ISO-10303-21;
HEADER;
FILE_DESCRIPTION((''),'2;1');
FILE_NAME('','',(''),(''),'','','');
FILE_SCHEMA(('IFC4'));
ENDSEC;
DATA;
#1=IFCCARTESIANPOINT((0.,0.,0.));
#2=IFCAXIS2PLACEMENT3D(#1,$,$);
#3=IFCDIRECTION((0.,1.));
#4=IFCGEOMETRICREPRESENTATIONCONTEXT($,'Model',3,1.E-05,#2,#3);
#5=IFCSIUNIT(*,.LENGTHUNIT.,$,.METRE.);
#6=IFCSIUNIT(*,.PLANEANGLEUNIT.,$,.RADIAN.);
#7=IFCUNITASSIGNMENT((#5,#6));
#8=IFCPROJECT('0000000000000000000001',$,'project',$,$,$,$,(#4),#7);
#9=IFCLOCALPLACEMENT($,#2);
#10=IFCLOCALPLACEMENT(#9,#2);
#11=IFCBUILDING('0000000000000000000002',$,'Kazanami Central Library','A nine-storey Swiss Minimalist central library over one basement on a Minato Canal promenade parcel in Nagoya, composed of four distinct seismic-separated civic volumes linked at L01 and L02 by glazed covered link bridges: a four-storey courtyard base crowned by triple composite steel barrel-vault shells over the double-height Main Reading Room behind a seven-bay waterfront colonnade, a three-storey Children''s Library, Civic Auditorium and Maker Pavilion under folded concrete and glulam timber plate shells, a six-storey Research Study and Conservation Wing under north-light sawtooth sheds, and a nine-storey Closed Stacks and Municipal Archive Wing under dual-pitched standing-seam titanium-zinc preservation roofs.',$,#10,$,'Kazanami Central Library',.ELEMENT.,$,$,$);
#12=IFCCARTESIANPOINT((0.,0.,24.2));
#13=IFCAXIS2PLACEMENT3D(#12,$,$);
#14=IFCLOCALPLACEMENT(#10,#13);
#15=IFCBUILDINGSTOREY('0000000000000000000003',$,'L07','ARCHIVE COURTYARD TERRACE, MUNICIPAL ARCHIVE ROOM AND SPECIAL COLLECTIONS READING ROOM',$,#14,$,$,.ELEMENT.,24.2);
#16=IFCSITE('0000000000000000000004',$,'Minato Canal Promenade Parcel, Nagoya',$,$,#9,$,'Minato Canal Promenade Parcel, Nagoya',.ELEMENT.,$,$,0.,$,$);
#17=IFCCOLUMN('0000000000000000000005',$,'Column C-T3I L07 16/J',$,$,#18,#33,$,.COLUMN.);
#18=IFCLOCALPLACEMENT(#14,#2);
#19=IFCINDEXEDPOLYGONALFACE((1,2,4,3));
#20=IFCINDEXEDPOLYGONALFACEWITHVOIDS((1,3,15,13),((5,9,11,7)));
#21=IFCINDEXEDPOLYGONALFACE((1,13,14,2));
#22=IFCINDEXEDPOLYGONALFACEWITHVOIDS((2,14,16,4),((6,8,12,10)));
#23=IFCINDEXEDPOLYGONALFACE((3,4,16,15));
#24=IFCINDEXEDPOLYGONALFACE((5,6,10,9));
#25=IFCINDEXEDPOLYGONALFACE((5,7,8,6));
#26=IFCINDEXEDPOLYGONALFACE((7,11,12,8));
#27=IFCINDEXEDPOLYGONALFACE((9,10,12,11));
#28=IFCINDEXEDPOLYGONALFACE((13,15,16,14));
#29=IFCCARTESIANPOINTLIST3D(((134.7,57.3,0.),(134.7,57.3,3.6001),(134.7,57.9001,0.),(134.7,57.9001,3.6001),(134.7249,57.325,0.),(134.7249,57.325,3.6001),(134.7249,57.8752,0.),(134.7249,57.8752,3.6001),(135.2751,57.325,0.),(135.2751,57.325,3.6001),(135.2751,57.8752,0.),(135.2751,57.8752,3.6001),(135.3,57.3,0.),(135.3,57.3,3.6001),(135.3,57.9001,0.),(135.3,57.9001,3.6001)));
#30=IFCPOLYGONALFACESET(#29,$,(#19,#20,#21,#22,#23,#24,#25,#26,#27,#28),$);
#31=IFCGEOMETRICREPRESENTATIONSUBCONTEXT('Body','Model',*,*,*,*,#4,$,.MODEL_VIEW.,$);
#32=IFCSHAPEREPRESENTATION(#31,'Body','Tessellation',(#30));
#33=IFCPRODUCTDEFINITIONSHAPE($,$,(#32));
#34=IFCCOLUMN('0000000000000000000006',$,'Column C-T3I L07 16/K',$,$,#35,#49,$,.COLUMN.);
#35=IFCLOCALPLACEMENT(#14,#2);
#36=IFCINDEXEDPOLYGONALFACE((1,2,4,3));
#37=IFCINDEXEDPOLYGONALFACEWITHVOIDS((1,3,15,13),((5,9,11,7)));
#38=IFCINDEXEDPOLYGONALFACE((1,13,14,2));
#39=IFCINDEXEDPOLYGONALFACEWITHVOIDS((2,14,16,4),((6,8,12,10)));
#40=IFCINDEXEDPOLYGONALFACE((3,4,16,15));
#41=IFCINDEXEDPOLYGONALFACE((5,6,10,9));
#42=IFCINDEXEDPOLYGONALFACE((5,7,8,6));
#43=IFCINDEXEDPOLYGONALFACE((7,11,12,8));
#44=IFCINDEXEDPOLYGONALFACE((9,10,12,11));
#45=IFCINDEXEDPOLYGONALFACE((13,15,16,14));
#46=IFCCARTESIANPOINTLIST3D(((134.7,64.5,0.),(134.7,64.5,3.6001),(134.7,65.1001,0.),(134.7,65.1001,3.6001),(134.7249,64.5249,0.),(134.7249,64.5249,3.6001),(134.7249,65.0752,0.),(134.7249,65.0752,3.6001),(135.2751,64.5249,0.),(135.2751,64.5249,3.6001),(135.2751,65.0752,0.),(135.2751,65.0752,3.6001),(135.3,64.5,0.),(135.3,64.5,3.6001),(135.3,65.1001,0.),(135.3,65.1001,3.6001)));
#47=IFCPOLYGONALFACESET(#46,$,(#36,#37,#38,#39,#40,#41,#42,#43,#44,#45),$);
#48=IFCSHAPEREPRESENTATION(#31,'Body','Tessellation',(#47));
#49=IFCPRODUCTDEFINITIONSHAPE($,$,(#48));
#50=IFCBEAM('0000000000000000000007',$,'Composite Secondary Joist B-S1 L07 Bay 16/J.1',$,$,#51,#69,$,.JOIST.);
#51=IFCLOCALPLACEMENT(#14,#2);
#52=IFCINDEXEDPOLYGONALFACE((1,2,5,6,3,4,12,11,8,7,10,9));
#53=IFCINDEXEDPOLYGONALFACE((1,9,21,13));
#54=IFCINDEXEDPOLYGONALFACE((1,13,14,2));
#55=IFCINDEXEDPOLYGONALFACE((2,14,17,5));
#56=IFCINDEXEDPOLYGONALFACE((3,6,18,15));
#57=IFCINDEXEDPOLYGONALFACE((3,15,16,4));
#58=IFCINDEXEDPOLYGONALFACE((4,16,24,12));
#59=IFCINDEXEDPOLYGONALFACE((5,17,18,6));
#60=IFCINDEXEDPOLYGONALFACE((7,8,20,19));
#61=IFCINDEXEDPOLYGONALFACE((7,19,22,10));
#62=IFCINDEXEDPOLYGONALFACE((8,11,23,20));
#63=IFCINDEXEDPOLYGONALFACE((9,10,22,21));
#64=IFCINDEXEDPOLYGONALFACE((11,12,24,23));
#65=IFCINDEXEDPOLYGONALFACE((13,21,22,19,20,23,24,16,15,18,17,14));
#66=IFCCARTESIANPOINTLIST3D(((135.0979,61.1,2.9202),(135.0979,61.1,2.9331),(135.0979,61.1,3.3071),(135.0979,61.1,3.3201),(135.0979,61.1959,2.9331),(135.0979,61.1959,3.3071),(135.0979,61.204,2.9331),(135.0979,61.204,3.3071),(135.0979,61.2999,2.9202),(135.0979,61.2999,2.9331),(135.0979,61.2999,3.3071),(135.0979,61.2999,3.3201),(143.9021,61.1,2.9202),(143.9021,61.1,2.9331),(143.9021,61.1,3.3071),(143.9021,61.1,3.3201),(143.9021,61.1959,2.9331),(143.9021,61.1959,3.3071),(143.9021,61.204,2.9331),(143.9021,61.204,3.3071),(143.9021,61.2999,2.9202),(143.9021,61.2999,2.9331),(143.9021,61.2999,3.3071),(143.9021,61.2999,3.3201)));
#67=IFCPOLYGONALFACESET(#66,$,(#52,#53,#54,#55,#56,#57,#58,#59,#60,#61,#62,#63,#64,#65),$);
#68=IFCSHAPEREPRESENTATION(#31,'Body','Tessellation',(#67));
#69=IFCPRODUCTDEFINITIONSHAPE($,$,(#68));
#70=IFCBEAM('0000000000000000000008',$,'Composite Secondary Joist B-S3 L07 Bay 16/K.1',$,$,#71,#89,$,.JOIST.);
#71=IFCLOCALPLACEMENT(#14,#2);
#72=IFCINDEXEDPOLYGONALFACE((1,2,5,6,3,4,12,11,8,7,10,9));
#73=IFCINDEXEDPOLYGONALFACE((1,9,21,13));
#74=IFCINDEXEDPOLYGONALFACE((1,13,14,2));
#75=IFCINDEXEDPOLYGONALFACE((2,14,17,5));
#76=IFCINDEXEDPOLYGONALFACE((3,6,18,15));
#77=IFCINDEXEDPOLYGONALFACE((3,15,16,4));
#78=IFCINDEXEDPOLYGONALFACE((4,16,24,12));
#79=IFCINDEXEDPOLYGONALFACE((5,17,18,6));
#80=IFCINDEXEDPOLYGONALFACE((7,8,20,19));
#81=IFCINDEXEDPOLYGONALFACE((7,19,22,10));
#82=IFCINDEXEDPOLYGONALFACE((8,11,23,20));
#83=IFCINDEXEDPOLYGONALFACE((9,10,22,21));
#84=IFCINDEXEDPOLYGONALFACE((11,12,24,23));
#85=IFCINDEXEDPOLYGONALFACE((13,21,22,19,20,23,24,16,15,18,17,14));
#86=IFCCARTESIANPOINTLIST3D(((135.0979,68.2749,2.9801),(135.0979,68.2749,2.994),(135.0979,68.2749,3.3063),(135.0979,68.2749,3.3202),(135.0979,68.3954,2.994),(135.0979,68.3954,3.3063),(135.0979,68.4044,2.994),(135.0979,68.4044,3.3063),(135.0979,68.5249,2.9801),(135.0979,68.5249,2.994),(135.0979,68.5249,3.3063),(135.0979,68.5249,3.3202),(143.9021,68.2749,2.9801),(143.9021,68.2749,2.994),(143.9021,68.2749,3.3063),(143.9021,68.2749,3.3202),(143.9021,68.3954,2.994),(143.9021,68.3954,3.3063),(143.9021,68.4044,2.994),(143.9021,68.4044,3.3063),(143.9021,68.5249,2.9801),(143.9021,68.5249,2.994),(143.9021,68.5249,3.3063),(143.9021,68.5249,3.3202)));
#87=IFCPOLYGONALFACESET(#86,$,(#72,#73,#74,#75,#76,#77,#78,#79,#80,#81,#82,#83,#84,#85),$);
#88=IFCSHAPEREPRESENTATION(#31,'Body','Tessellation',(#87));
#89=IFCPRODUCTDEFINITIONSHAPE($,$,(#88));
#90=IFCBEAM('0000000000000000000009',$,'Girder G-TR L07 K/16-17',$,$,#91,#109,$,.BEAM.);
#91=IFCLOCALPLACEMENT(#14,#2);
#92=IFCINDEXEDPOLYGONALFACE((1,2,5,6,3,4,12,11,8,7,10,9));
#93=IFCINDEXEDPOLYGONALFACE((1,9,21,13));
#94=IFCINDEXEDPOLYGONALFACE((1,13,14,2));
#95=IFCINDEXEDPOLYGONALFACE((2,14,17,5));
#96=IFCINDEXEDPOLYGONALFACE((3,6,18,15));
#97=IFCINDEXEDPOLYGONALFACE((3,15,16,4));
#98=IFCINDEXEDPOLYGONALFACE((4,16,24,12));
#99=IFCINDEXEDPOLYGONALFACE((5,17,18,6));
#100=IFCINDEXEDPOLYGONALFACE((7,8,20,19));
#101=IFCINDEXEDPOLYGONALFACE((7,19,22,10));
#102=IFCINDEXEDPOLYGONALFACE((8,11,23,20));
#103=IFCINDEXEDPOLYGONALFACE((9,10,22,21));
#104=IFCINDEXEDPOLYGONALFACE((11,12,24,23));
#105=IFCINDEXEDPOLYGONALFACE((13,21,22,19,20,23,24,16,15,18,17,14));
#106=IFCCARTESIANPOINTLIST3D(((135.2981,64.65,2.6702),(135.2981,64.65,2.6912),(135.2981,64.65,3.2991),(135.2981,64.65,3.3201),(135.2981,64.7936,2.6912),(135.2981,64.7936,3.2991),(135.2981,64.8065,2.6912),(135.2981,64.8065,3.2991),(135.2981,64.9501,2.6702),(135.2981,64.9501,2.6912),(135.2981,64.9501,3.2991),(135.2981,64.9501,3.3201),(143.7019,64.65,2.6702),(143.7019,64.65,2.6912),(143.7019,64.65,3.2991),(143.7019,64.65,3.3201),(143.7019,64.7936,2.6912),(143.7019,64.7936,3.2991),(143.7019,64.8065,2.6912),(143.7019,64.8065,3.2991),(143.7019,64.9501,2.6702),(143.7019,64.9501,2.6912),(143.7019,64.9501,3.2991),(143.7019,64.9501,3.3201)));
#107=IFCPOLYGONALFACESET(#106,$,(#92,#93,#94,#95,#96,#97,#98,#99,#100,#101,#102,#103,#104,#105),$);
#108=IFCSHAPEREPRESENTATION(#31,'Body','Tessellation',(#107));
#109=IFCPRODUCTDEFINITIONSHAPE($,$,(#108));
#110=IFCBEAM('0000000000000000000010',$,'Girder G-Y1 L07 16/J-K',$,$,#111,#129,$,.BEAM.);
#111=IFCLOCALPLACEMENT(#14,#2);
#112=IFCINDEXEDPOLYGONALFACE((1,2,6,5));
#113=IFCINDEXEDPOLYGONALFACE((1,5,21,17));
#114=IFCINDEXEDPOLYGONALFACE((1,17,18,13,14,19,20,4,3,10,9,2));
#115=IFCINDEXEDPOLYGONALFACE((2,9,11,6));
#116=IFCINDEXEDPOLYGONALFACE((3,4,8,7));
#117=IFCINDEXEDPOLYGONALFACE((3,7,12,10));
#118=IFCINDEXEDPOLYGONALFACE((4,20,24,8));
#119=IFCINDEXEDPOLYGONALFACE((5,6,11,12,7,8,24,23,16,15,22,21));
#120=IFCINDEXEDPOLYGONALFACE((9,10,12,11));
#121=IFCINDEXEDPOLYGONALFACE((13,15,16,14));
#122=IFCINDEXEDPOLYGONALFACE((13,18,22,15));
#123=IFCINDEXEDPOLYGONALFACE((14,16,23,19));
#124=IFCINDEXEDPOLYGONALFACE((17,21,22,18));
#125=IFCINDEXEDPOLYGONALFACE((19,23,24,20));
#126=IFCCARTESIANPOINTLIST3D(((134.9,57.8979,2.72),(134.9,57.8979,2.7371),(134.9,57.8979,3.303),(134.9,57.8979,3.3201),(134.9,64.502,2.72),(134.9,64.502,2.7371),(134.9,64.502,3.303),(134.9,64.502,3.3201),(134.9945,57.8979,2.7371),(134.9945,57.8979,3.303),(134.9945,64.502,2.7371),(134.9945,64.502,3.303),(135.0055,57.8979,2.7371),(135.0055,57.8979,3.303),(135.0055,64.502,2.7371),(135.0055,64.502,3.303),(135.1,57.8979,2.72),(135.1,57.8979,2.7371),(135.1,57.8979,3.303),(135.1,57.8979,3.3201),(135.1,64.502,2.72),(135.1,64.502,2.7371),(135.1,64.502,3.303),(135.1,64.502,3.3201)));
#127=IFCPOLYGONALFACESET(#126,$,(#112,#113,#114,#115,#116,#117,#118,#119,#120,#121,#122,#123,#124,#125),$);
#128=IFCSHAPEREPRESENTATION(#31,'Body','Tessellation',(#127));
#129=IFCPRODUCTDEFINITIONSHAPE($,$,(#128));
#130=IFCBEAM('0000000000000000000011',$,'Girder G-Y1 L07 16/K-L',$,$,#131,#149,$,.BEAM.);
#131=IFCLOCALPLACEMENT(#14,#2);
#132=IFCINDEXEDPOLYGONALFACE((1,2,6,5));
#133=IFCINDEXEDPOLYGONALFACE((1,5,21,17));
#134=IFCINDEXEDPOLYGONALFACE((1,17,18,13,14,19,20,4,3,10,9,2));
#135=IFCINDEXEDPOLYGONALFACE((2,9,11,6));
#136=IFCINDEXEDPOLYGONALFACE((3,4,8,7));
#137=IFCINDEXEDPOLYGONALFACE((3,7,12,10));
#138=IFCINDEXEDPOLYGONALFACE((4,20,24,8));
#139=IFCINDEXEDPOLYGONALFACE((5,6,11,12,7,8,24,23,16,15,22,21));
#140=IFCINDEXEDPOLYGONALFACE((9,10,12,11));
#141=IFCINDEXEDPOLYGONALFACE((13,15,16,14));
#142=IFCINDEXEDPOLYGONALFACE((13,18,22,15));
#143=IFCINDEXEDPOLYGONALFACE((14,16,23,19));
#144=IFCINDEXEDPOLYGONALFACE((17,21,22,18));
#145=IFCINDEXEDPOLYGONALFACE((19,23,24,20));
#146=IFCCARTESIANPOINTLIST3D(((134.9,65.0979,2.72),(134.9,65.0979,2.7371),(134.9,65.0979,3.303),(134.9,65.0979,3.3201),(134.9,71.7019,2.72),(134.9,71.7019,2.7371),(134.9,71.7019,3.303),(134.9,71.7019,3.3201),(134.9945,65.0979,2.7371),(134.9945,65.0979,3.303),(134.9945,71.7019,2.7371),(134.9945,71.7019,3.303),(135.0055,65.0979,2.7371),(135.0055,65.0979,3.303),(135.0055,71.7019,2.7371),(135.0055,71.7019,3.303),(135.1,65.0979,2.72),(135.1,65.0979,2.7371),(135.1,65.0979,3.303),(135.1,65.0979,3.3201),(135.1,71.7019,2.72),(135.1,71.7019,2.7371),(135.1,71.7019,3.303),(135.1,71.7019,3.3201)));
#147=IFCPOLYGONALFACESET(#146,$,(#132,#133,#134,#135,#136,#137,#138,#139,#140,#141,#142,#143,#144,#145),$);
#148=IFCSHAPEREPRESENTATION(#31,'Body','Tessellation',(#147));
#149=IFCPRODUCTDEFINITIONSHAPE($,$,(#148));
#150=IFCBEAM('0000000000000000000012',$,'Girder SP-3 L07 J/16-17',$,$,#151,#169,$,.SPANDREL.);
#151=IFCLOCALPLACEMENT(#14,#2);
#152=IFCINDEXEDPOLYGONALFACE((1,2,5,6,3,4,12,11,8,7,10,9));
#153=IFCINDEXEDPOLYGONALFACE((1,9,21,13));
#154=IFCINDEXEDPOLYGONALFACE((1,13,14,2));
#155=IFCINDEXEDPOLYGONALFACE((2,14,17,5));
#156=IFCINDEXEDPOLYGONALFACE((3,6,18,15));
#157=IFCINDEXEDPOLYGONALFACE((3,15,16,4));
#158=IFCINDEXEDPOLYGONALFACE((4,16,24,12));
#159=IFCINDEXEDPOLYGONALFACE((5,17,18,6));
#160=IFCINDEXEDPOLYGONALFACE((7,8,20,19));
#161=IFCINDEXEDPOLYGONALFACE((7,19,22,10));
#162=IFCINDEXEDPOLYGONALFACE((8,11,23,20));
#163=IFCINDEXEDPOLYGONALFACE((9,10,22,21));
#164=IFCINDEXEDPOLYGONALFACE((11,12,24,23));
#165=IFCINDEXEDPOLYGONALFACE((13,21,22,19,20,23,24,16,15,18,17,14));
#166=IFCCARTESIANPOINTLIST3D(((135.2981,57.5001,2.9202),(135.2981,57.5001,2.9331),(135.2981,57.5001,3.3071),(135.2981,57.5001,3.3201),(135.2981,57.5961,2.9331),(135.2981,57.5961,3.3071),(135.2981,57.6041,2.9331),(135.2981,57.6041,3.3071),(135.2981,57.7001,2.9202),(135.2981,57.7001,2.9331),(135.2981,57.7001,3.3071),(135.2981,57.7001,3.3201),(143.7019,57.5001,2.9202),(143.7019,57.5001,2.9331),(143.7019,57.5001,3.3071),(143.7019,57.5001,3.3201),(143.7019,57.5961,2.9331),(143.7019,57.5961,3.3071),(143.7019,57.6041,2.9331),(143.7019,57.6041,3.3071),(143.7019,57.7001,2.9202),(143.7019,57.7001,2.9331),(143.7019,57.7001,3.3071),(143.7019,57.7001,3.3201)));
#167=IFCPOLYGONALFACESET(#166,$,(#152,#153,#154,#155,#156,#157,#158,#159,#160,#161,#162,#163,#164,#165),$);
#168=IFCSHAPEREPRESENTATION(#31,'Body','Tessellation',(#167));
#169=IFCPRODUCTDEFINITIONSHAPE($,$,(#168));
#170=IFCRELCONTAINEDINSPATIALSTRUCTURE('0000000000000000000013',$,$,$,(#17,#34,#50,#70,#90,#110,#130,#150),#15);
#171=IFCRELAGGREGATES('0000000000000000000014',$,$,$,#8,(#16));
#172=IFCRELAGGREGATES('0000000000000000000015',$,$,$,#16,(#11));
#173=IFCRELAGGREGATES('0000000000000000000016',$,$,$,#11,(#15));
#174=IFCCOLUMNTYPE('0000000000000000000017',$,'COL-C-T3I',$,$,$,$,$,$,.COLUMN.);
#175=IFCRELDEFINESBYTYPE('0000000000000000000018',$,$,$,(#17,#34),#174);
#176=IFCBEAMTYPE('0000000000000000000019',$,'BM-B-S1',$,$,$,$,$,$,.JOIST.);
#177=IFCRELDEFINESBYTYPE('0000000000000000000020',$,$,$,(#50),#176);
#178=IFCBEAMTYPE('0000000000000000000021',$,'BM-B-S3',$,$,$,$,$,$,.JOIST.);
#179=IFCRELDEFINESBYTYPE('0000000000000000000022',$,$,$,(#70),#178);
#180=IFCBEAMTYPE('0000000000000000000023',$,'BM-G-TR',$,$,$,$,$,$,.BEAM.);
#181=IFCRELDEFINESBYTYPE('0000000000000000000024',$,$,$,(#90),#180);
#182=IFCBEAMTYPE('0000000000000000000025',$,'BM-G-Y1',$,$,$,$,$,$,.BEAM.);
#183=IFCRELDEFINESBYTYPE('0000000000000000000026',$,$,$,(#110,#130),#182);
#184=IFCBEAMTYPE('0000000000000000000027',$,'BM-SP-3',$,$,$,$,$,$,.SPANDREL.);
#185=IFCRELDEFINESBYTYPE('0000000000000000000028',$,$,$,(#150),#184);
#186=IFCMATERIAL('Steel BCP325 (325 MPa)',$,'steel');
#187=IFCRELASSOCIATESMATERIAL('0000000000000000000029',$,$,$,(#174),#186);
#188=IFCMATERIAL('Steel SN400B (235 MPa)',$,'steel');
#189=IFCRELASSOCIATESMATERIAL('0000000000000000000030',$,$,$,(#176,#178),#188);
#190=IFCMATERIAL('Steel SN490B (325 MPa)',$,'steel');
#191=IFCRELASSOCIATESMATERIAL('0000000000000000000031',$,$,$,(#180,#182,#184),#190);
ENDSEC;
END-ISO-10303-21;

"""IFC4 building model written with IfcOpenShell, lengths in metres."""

from ifc_helpers import new_model, si_unit, direction, frame, origin, origin_2d, place, context, subcontext, project, spatial, hollow_rectangle, i_section, extrude, material, material_profile, profile_set, type_object, element, save


model = new_model("IFC4")

# Units and contexts
model_context = context("Model", 3, precision=1e-05, world=origin(), true_north=direction((0.0, 1.0)))
body_context = subcontext(model_context, "Body", "Model", "MODEL_VIEW")
ifc_project = project(units=[si_unit("LENGTHUNIT", "METRE"), si_unit("PLANEANGLEUNIT", "RADIAN")], contexts=[model_context])

# Site, building, storey
site_placement = place(None, origin())
site = spatial("IfcSite", under=ifc_project, at=site_placement, Name="Minato Canal Promenade Parcel, Nagoya", LongName="Minato Canal Promenade Parcel, Nagoya", CompositionType="ELEMENT", RefElevation=0.0)
building_placement = place(site_placement, origin())
building = spatial("IfcBuilding", under=site, at=building_placement, Name="Kazanami Central Library", Description="A nine-storey Swiss Minimalist central library over one basement on a Minato Canal promenade parcel in Nagoya, composed of four distinct seismic-separated civic volumes linked at L01 and L02 by glazed covered link bridges: a four-storey courtyard base crowned by triple composite steel barrel-vault shells over the double-height Main Reading Room behind a seven-bay waterfront colonnade, a three-storey Children's Library, Civic Auditorium and Maker Pavilion under folded concrete and glulam timber plate shells, a six-storey Research Study and Conservation Wing under north-light sawtooth sheds, and a nine-storey Closed Stacks and Municipal Archive Wing under dual-pitched standing-seam titanium-zinc preservation roofs.", LongName="Kazanami Central Library", CompositionType="ELEMENT")
storey_placement = place(building_placement, frame((0.0, 0.0, 24.2)))
storey = spatial("IfcBuildingStorey", under=building, at=storey_placement, Name="L07", Description="ARCHIVE COURTYARD TERRACE, MUNICIPAL ARCHIVE ROOM AND SPECIAL COLLECTIONS READING ROOM", CompositionType="ELEMENT", Elevation=24.2)

# Columns
ifc_material_1 = material(Name="Steel BCP325 (325 MPa)", Category="steel")
ifc_material_profile_1 = material_profile(ifc_material_1, hollow_rectangle(XDim=0.6001, YDim=0.6001, WallThickness=0.0249, at=origin_2d()), Name="BCP-600x600x25")
ifc_profile_set_1 = profile_set([ifc_material_profile_1], Name="Steel BCP325 (325 MPa)")
column_type = type_object("IfcColumnType", Name="COL-C-T3I", PredefinedType="COLUMN", material=ifc_profile_set_1)
for number, where, z_axis, x_axis, name in (
    (1, (135.0, 57.6001, 0.0), (0.0, 0.0, 1.0), (1.0, 0.0, 0.0), "Column C-T3I L07 16/J"),
    (2, (135.0, 64.8, 0.0), (0.0, 0.0, 1.0), (1.0, 0.0, 0.0), "Column C-T3I L07 16/K"),
):
    element("IfcColumn", number, at=place(storey_placement, frame(where, z_axis=z_axis, x_axis=x_axis)), inside=storey, type_object=column_type, Name=name, PredefinedType="COLUMN", context=body_context, shape_type="SweptSolid", body=[
        extrude(hollow_rectangle(XDim=0.6001, YDim=0.6001, WallThickness=0.0249, at=origin_2d()), origin(), (0.0, 0.0, 1.0), 3.6001),
    ])

# Beams
ifc_material_2 = material(Name="Steel SN400B (235 MPa)", Category="steel")
ifc_material_profile_2 = material_profile(ifc_material_2, i_section(OverallWidth=0.2, OverallDepth=0.3999, WebThickness=0.0081, FlangeThickness=0.0129, at=origin_2d()), Name="H-400x200x8x13")
ifc_profile_set_2 = profile_set([ifc_material_profile_2], Name="Steel SN400B (235 MPa)")
beam_type_1 = type_object("IfcBeamType", Name="BM-B-S1", PredefinedType="JOIST", material=ifc_profile_set_2)
beam_1_placement = place(storey_placement, frame((135.0979, 61.2, 3.1201), z_axis=(1.0, 0.0, 0.0), x_axis=(0.0, 1.0, 0.0)))
element("IfcBeam", 3, at=beam_1_placement, inside=storey, type_object=beam_type_1, Name="Composite Secondary Joist B-S1 L07 Bay 16/J.1", PredefinedType="JOIST", context=body_context, shape_type="SweptSolid", body=[
    extrude(i_section(OverallWidth=0.2, OverallDepth=0.3999, WebThickness=0.0081, FlangeThickness=0.0129, at=origin_2d()), origin(), (0.0, 0.0, 1.0), 8.8042),
])
ifc_material_profile_3 = material_profile(ifc_material_2, i_section(OverallWidth=0.25, OverallDepth=0.3401, WebThickness=0.009, FlangeThickness=0.0139, at=origin_2d()), Name="H-340x250x9x14")
ifc_profile_set_3 = profile_set([ifc_material_profile_3], Name="Steel SN400B (235 MPa)")
beam_type_2 = type_object("IfcBeamType", Name="BM-B-S3", PredefinedType="JOIST", material=ifc_profile_set_3)
beam_2_placement = place(storey_placement, frame((135.0979, 68.3999, 3.1501), z_axis=(1.0, 0.0, 0.0), x_axis=(0.0, 1.0, 0.0)))
element("IfcBeam", 4, at=beam_2_placement, inside=storey, type_object=beam_type_2, Name="Composite Secondary Joist B-S3 L07 Bay 16/K.1", PredefinedType="JOIST", context=body_context, shape_type="SweptSolid", body=[
    extrude(i_section(OverallWidth=0.25, OverallDepth=0.3401, WebThickness=0.009, FlangeThickness=0.0139, at=origin_2d()), origin(), (0.0, 0.0, 1.0), 8.8042),
])
ifc_material_3 = material(Name="Steel SN490B (325 MPa)", Category="steel")
ifc_material_profile_4 = material_profile(ifc_material_3, i_section(OverallWidth=0.3, OverallDepth=0.6499, WebThickness=0.0129, FlangeThickness=0.021, at=origin_2d()), Name="H-650x300x13x21")
ifc_profile_set_4 = profile_set([ifc_material_profile_4], Name="Steel SN490B (325 MPa)")
beam_type_3 = type_object("IfcBeamType", Name="BM-G-TR", PredefinedType="BEAM", material=ifc_profile_set_4)
beam_3_placement = place(storey_placement, frame((135.2981, 64.8, 2.9951), z_axis=(1.0, 0.0, 0.0), x_axis=(0.0, 1.0, 0.0)))
element("IfcBeam", 5, at=beam_3_placement, inside=storey, type_object=beam_type_3, Name="Girder G-TR L07 K/16-17", PredefinedType="BEAM", context=body_context, shape_type="SweptSolid", body=[
    extrude(i_section(OverallWidth=0.3, OverallDepth=0.6499, WebThickness=0.0129, FlangeThickness=0.021, at=origin_2d()), origin(), (0.0, 0.0, 1.0), 8.4038),
])
ifc_material_profile_5 = material_profile(ifc_material_3, i_section(OverallWidth=0.2, OverallDepth=0.6001, WebThickness=0.011, FlangeThickness=0.0171, at=origin_2d()), Name="H-600x200x11x17")
ifc_profile_set_5 = profile_set([ifc_material_profile_5], Name="Steel SN490B (325 MPa)")
beam_type_4 = type_object("IfcBeamType", Name="BM-G-Y1", PredefinedType="BEAM", material=ifc_profile_set_5)
for number, where, z_axis, x_axis, name in (
    (6, (135.0, 57.8979, 3.02), (0.0, 1.0, 0.0), (-1.0, 0.0, 0.0), "Girder G-Y1 L07 16/J-K"),
    (7, (135.0, 65.0979, 3.02), (0.0, 1.0, 0.0), (-1.0, 0.0, 0.0), "Girder G-Y1 L07 16/K-L"),
):
    element("IfcBeam", number, at=place(storey_placement, frame(where, z_axis=z_axis, x_axis=x_axis)), inside=storey, type_object=beam_type_4, Name=name, PredefinedType="BEAM", context=body_context, shape_type="SweptSolid", body=[
        extrude(i_section(OverallWidth=0.2, OverallDepth=0.6001, WebThickness=0.011, FlangeThickness=0.0171, at=origin_2d()), origin(), (0.0, 0.0, 1.0), 6.604),
    ])
ifc_material_profile_6 = material_profile(ifc_material_3, i_section(OverallWidth=0.2, OverallDepth=0.3999, WebThickness=0.0081, FlangeThickness=0.0129, at=origin_2d()), Name="H-400x200x8x13")
ifc_profile_set_6 = profile_set([ifc_material_profile_6], Name="Steel SN490B (325 MPa)")
beam_type_5 = type_object("IfcBeamType", Name="BM-SP-3", PredefinedType="SPANDREL", material=ifc_profile_set_6)
beam_4_placement = place(storey_placement, frame((135.2981, 57.6001, 3.1201), z_axis=(1.0, 0.0, 0.0), x_axis=(0.0, 1.0, 0.0)))
element("IfcBeam", 8, at=beam_4_placement, inside=storey, type_object=beam_type_5, Name="Girder SP-3 L07 J/16-17", PredefinedType="SPANDREL", context=body_context, shape_type="SweptSolid", body=[
    extrude(i_section(OverallWidth=0.2, OverallDepth=0.3999, WebThickness=0.0081, FlangeThickness=0.0129, at=origin_2d()), origin(), (0.0, 0.0, 1.0), 8.4038),
])

save(model, "model.ifc")
